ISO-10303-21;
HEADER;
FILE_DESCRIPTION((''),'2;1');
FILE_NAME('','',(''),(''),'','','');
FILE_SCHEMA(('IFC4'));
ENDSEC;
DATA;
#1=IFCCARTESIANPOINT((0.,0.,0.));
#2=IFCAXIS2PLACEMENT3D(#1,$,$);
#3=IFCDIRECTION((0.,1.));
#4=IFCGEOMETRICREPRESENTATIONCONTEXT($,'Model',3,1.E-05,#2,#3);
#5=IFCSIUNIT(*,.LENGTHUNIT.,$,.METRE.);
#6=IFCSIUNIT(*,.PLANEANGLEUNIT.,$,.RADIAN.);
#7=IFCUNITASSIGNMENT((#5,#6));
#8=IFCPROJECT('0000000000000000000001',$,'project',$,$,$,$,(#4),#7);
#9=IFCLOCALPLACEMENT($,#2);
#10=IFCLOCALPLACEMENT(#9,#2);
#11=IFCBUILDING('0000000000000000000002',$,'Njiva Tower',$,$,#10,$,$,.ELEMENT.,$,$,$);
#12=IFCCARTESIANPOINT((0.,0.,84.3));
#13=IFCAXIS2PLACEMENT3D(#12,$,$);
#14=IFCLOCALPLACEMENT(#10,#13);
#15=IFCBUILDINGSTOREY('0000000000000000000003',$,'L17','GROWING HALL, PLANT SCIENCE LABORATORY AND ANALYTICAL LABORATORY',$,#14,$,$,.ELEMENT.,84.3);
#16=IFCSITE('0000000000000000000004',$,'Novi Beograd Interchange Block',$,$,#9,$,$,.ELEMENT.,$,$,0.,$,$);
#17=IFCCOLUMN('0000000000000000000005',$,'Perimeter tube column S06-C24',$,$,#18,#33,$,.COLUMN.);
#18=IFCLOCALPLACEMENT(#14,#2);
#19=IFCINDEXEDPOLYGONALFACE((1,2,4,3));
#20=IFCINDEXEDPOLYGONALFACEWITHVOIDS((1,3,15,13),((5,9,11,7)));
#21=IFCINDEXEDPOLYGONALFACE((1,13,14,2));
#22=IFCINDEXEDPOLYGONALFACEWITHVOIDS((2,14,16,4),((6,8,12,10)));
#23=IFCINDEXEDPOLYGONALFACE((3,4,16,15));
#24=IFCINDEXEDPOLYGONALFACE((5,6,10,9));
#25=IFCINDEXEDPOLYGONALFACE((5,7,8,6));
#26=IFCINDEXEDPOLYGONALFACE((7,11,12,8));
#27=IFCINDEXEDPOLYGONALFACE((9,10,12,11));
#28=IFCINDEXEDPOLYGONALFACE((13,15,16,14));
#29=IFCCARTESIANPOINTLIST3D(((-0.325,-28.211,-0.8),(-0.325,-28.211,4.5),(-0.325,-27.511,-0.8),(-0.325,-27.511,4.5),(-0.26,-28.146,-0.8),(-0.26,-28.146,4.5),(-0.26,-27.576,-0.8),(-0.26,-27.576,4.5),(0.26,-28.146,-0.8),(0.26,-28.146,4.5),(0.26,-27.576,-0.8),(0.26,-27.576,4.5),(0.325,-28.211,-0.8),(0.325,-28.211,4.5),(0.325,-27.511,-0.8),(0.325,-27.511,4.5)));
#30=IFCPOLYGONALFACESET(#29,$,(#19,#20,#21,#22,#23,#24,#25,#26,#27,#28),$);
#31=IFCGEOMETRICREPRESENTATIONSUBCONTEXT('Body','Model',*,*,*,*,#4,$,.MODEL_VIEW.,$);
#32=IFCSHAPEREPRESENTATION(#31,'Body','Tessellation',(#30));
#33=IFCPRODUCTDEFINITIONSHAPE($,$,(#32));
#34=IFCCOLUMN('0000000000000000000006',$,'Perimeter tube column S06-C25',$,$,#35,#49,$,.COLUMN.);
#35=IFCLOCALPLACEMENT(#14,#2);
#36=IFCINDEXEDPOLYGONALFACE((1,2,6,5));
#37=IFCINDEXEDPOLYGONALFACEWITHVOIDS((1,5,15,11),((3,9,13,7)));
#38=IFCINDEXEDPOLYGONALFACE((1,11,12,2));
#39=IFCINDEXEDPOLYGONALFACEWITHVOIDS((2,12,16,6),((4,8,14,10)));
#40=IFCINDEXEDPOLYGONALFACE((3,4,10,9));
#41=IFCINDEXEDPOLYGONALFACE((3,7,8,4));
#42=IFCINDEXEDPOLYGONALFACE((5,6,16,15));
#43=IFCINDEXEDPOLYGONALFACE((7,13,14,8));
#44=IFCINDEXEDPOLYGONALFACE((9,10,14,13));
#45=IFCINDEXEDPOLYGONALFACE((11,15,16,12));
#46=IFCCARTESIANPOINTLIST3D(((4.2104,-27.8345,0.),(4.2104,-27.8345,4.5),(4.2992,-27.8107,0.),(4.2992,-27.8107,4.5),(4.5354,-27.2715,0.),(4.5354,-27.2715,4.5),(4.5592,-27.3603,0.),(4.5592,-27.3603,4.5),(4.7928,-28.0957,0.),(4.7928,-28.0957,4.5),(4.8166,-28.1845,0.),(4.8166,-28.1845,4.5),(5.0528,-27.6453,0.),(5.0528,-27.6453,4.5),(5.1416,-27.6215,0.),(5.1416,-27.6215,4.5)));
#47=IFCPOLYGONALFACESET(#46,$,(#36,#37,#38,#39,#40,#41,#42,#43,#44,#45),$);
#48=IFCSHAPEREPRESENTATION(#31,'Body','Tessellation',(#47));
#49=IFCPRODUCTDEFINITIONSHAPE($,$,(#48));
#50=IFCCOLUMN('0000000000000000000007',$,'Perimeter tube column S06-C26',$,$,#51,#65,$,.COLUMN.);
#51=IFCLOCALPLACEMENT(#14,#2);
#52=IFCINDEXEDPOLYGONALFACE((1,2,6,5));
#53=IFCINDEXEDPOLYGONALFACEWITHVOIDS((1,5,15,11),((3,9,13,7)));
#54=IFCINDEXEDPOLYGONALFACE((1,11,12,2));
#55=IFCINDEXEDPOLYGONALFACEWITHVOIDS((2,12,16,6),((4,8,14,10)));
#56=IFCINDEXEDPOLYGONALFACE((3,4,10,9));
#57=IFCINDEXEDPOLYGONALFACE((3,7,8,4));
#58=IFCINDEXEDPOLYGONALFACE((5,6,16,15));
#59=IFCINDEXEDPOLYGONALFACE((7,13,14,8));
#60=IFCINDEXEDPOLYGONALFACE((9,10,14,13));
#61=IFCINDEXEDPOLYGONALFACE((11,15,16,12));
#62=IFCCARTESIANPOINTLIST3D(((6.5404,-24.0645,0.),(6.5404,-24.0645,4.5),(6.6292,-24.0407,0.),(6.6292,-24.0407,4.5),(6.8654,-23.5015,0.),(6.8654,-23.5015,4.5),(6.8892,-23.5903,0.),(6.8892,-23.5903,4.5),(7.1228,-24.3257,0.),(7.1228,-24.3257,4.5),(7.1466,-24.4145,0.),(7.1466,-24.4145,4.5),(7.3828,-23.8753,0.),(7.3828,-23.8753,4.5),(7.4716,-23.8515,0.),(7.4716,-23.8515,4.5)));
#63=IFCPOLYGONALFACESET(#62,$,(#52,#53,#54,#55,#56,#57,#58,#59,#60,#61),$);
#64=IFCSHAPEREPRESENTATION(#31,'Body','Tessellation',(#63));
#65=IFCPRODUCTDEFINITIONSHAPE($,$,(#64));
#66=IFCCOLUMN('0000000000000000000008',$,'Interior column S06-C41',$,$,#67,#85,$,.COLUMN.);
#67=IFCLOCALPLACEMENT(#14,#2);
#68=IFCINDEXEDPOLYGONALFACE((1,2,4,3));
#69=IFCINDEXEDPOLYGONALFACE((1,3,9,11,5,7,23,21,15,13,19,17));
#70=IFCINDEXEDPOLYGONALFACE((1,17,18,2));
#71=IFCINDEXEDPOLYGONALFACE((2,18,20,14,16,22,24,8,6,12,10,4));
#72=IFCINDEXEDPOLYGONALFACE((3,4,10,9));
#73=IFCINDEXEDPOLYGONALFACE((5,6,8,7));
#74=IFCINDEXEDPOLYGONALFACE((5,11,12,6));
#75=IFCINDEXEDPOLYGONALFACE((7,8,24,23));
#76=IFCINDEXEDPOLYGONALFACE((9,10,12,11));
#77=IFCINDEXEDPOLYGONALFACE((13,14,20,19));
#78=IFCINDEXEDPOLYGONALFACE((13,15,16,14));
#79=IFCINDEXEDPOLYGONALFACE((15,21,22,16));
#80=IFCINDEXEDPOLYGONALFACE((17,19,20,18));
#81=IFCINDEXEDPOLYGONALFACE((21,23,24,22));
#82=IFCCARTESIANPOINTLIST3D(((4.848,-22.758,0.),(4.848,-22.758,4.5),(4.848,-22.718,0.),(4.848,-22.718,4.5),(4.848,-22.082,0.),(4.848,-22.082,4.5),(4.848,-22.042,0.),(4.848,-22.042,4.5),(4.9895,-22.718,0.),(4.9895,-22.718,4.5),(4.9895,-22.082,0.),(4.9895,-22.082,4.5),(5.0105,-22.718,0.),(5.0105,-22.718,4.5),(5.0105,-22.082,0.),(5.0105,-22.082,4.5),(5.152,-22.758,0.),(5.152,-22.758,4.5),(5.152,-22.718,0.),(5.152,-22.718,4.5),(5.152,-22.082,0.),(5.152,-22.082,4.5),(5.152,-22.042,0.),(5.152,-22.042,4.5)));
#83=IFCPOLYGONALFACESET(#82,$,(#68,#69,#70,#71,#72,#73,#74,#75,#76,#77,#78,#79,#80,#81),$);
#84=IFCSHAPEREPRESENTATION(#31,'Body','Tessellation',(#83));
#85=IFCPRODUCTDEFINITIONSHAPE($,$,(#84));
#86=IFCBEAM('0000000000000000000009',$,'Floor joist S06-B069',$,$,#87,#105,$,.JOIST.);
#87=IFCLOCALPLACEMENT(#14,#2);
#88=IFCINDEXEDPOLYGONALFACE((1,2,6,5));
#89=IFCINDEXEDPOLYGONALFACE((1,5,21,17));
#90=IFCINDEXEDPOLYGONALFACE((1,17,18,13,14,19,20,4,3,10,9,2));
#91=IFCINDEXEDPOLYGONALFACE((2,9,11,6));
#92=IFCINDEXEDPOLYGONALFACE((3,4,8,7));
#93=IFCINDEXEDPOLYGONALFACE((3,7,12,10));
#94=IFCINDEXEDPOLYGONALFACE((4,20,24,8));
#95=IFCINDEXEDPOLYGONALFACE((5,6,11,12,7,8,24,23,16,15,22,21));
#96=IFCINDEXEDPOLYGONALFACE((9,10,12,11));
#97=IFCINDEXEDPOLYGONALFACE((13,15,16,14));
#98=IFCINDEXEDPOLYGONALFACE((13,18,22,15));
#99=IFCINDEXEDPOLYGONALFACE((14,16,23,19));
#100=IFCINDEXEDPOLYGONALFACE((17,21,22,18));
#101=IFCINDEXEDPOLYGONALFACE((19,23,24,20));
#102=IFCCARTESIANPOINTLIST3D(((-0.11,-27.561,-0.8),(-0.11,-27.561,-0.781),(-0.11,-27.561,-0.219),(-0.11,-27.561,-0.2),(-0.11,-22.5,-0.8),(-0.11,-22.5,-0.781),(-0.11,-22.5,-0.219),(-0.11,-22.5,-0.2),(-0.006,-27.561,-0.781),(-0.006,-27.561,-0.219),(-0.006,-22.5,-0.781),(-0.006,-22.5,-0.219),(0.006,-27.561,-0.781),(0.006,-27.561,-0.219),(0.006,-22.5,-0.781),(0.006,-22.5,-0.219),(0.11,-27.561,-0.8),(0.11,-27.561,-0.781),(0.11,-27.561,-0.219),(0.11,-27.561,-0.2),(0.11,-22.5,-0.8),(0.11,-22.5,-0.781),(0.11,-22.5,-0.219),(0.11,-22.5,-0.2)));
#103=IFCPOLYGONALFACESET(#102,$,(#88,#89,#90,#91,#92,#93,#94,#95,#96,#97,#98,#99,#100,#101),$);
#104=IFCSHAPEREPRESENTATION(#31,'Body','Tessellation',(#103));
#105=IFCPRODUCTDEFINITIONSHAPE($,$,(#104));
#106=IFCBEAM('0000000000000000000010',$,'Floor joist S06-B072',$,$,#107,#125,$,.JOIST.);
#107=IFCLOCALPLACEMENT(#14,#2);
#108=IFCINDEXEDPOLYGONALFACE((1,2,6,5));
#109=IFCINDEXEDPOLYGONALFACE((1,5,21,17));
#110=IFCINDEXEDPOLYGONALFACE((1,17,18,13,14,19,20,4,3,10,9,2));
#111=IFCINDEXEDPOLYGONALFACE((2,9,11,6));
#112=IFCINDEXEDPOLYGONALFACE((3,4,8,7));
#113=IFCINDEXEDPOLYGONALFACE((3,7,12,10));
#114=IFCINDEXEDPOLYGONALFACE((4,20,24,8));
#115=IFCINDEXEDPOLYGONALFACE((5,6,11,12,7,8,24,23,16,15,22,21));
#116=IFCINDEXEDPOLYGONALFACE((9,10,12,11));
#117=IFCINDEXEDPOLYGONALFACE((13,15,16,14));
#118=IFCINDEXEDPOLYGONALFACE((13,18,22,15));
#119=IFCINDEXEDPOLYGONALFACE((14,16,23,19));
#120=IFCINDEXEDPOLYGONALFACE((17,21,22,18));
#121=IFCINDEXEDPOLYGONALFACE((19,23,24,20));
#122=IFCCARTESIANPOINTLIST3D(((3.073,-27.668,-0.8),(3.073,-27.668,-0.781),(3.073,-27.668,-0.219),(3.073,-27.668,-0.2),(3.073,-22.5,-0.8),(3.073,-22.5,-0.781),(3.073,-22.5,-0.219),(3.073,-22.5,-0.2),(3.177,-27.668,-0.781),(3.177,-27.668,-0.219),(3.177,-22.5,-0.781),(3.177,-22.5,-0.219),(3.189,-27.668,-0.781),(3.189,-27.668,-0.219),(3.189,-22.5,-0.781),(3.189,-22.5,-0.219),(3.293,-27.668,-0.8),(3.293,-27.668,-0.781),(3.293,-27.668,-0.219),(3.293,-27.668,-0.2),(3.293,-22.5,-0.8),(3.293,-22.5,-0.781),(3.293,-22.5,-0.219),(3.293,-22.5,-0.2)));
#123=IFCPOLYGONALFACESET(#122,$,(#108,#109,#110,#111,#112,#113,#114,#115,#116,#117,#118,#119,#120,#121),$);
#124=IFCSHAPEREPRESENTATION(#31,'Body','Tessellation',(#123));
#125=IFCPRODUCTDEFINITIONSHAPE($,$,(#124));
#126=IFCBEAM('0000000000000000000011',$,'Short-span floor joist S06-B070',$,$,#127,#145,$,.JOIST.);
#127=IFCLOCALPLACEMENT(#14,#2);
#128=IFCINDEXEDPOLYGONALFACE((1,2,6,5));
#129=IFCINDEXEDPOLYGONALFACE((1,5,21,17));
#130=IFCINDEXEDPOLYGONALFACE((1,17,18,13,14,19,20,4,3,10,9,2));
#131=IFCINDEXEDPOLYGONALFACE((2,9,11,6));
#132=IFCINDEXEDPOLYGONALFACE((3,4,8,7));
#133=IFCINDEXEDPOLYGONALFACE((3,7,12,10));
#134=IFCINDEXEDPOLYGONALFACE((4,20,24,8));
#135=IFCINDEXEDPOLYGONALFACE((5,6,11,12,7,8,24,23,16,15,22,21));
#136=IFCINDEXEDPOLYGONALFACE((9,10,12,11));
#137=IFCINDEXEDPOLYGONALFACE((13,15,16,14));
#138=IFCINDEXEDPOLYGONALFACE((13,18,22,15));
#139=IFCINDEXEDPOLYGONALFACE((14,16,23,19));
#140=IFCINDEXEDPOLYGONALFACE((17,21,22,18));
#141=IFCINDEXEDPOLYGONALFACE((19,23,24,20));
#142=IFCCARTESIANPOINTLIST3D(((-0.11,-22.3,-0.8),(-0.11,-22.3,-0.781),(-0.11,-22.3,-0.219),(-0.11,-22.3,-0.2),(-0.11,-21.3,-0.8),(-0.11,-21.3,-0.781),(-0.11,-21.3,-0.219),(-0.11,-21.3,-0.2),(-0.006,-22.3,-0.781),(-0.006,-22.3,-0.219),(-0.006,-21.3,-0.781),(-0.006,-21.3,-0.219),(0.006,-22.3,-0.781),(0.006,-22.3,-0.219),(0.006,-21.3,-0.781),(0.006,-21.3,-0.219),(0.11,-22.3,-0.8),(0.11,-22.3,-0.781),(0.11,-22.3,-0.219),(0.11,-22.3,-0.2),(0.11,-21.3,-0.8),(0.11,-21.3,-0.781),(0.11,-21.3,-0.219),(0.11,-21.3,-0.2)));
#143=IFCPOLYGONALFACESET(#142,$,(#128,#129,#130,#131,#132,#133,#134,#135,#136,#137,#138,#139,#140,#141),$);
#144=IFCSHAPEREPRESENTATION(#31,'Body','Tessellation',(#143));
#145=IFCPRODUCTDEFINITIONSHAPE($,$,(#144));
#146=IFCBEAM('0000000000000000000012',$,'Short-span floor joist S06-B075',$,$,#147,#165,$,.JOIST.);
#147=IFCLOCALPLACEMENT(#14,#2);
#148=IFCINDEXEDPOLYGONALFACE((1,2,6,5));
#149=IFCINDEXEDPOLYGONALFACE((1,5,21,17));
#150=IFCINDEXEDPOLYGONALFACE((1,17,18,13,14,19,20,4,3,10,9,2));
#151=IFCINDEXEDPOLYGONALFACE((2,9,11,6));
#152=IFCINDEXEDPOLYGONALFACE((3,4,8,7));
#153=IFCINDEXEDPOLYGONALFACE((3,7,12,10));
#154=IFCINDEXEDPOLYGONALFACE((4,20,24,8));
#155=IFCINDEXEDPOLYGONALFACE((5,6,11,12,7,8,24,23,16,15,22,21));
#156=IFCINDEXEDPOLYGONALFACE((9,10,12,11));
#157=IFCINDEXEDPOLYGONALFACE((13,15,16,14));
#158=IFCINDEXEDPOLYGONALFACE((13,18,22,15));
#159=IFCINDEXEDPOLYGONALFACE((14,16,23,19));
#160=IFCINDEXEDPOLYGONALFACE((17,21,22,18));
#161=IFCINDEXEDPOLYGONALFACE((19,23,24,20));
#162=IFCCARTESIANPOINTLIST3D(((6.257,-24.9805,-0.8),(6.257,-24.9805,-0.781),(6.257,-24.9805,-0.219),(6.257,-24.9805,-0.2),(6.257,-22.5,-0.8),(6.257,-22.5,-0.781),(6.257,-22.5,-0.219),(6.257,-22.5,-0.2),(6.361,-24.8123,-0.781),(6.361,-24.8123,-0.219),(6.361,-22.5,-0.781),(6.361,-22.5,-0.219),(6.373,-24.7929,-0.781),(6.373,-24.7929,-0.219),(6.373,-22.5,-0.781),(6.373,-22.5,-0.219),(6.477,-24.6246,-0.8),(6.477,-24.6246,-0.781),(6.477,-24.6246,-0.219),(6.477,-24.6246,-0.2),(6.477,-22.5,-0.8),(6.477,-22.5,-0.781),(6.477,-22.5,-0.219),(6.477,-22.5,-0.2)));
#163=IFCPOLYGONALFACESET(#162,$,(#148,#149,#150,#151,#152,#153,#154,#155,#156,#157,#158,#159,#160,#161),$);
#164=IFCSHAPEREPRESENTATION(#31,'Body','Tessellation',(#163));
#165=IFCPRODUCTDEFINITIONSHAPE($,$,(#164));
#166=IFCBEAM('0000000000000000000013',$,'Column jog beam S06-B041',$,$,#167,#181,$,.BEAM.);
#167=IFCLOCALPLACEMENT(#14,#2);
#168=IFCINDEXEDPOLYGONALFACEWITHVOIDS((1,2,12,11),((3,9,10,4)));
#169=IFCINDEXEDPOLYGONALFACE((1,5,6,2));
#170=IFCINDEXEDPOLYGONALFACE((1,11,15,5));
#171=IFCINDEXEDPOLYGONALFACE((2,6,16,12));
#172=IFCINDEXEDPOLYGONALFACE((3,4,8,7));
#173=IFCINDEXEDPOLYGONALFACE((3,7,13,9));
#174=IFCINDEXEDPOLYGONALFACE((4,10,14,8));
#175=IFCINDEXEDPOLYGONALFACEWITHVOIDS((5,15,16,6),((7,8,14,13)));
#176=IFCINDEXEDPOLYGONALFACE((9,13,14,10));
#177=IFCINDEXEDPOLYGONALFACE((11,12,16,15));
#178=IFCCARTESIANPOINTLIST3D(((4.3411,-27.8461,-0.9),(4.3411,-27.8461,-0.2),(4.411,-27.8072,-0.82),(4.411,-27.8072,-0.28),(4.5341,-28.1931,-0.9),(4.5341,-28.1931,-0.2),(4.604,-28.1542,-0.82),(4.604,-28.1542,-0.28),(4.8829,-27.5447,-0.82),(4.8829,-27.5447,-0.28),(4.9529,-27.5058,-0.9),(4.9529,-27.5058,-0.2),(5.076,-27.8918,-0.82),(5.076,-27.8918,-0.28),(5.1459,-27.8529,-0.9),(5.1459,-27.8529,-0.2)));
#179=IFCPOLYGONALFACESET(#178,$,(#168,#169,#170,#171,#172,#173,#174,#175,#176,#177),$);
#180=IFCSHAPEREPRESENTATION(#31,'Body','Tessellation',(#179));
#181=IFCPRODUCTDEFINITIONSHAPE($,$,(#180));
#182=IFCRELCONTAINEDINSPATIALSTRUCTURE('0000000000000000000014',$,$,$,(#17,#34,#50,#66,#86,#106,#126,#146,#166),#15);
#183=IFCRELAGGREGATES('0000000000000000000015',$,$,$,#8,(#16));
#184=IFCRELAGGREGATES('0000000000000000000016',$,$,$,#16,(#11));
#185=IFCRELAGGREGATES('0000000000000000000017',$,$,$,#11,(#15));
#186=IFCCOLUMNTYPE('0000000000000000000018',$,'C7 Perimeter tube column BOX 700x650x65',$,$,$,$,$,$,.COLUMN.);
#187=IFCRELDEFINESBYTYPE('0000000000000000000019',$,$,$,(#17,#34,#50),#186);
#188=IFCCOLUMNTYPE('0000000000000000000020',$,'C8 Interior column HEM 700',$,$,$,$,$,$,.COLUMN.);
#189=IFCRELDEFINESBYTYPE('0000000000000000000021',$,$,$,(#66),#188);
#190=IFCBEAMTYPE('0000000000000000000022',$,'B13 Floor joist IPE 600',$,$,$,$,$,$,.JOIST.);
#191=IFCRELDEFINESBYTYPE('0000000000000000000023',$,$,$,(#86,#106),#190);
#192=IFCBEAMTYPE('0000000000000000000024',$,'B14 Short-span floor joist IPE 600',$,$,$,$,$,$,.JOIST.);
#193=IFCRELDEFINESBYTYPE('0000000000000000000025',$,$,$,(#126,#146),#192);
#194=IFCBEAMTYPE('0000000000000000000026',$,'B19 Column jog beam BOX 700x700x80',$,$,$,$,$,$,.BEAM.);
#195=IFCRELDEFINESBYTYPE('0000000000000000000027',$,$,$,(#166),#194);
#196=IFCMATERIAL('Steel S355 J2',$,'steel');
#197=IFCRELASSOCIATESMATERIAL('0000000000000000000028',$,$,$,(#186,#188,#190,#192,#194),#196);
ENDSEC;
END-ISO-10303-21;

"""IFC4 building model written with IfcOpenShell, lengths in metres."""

from ifc_helpers import new_model, si_unit, direction, frame, origin, origin_2d, place, context, subcontext, project, spatial, hollow_rectangle, i_section, extrude, clip, halfspace, material, material_profile, profile_set, type_object, element, save


model = new_model("IFC4")

# Units and contexts
model_context = context("Model", 3, precision=1e-05, world=origin(), true_north=direction((0.0, 1.0)))
body_context = subcontext(model_context, "Body", "Model", "MODEL_VIEW")
ifc_project = project(units=[si_unit("LENGTHUNIT", "METRE"), si_unit("PLANEANGLEUNIT", "RADIAN")], contexts=[model_context])

# Site, building, storey
site_placement = place(None, origin())
site = spatial("IfcSite", under=ifc_project, at=site_placement, Name="Novi Beograd Interchange Block", CompositionType="ELEMENT", RefElevation=0.0)
building_placement = place(site_placement, origin())
building = spatial("IfcBuilding", under=site, at=building_placement, Name="Njiva Tower", CompositionType="ELEMENT")
storey_placement = place(building_placement, frame((0.0, 0.0, 84.3)))
storey = spatial("IfcBuildingStorey", under=building, at=storey_placement, Name="L17", Description="GROWING HALL, PLANT SCIENCE LABORATORY AND ANALYTICAL LABORATORY", CompositionType="ELEMENT", Elevation=84.3)

# Columns
ifc_material_1 = material(Name="Steel S355 J2", Category="steel")
ifc_material_profile_1 = material_profile(ifc_material_1, hollow_rectangle(XDim=0.65, YDim=0.7, WallThickness=0.065, at=origin_2d()), Name="BOX 700x650x65")
ifc_profile_set_1 = profile_set([ifc_material_profile_1], Name="Steel S355 J2")
column_type_1 = type_object("IfcColumnType", Name="C7 Perimeter tube column BOX 700x650x65", PredefinedType="COLUMN", material=ifc_profile_set_1)
column_1_placement = place(storey_placement, frame((0.0, -27.861, -0.8), z_axis=(0.0, 0.0, 1.0), x_axis=(1.0, 0.0, 0.0)))
element("IfcColumn", 1, at=column_1_placement, inside=storey, type_object=column_type_1, Name="Perimeter tube column S06-C24", PredefinedType="COLUMN", context=body_context, shape_type="SweptSolid", body=[
    extrude(hollow_rectangle(XDim=0.65, YDim=0.7, WallThickness=0.065, at=origin_2d()), origin(), (0.0, 0.0, 1.0), 5.3),
])
for number, where, z_axis, x_axis, name in (
    (2, (4.676, -27.728, 0.0), (0.0, 0.0, 1.0), (0.5, 0.866025, 0.0), "Perimeter tube column S06-C25"),
    (3, (7.006, -23.958, 0.0), (0.0, 0.0, 1.0), (0.5, 0.866025, 0.0), "Perimeter tube column S06-C26"),
):
    element("IfcColumn", number, at=place(storey_placement, frame(where, z_axis=z_axis, x_axis=x_axis)), inside=storey, type_object=column_type_1, Name=name, PredefinedType="COLUMN", context=body_context, shape_type="SweptSolid", body=[
        extrude(hollow_rectangle(XDim=0.65, YDim=0.7, WallThickness=0.065, at=origin_2d()), origin(), (0.0, 0.0, 1.0), 4.5),
    ])
ifc_material_profile_2 = material_profile(ifc_material_1, i_section(OverallWidth=0.304, OverallDepth=0.716, WebThickness=0.021, FlangeThickness=0.04, at=origin_2d()), Name="HEM 700")
ifc_profile_set_2 = profile_set([ifc_material_profile_2], Name="Steel S355 J2")
column_type_2 = type_object("IfcColumnType", Name="C8 Interior column HEM 700", PredefinedType="COLUMN", material=ifc_profile_set_2)
column_2_placement = place(storey_placement, frame((5.0, -22.4, 0.0), z_axis=(0.0, 0.0, 1.0), x_axis=(1.0, 0.0, 0.0)))
element("IfcColumn", 4, at=column_2_placement, inside=storey, type_object=column_type_2, Name="Interior column S06-C41", PredefinedType="COLUMN", context=body_context, shape_type="SweptSolid", body=[
    extrude(i_section(OverallWidth=0.304, OverallDepth=0.716, WebThickness=0.021, FlangeThickness=0.04, at=origin_2d()), origin(), (0.0, 0.0, 1.0), 4.5),
])

# Beams
ifc_material_profile_3 = material_profile(ifc_material_1, i_section(OverallWidth=0.22, OverallDepth=0.6, WebThickness=0.012, FlangeThickness=0.019, at=origin_2d()), Name="IPE 600")
ifc_profile_set_3 = profile_set([ifc_material_profile_3], Name="Steel S355 J2")
beam_type_1 = type_object("IfcBeamType", Name="B13 Floor joist IPE 600", PredefinedType="JOIST", material=ifc_profile_set_3)
beam_1_placement = place(storey_placement, frame((0.0, -22.5, -0.5), z_axis=(0.0, -1.0, 0.0), x_axis=(1.0, 0.0, 0.0)))
element("IfcBeam", 5, at=beam_1_placement, inside=storey, type_object=beam_type_1, Name="Floor joist S06-B069", PredefinedType="JOIST", context=body_context, shape_type="SweptSolid", body=[
    extrude(i_section(OverallWidth=0.22, OverallDepth=0.6, WebThickness=0.012, FlangeThickness=0.019, at=origin_2d()), origin(), (0.0, 0.0, 1.0), 5.061),
])
beam_2_placement = place(storey_placement, frame((3.183, -22.5, -0.5), z_axis=(0.0, -1.0, 0.0), x_axis=(1.0, 0.0, 0.0)))
element("IfcBeam", 6, at=beam_2_placement, inside=storey, type_object=beam_type_1, Name="Floor joist S06-B072", PredefinedType="JOIST", context=body_context, shape_type="SweptSolid", body=[
    extrude(i_section(OverallWidth=0.22, OverallDepth=0.6, WebThickness=0.012, FlangeThickness=0.019, at=origin_2d()), origin(), (0.0, 0.0, 1.0), 5.168),
])
ifc_material_profile_4 = material_profile(ifc_material_1, i_section(OverallWidth=0.22, OverallDepth=0.6, WebThickness=0.012, FlangeThickness=0.019, at=origin_2d()), Name="IPE 600")
ifc_profile_set_4 = profile_set([ifc_material_profile_4], Name="Steel S355 J2")
beam_type_2 = type_object("IfcBeamType", Name="B14 Short-span floor joist IPE 600", PredefinedType="JOIST", material=ifc_profile_set_4)
beam_3_placement = place(storey_placement, frame((0.0, -21.3, -0.5), z_axis=(0.0, -1.0, 0.0), x_axis=(1.0, 0.0, 0.0)))
element("IfcBeam", 7, at=beam_3_placement, inside=storey, type_object=beam_type_2, Name="Short-span floor joist S06-B070", PredefinedType="JOIST", context=body_context, shape_type="SweptSolid", body=[
    extrude(i_section(OverallWidth=0.22, OverallDepth=0.6, WebThickness=0.012, FlangeThickness=0.019, at=origin_2d()), origin(), (0.0, 0.0, 1.0), 1.0),
])
beam_4_placement = place(storey_placement, frame((6.367, -22.5, -0.5), z_axis=(0.0, -1.0, 0.0), x_axis=(1.0, 0.0, 0.0)))
element("IfcBeam", 8, at=beam_4_placement, inside=storey, type_object=beam_type_2, Name="Short-span floor joist S06-B075", PredefinedType="JOIST", context=body_context, shape_type="Clipping", body=[
    clip(extrude(i_section(OverallWidth=0.22, OverallDepth=0.6, WebThickness=0.012, FlangeThickness=0.019, at=origin_2d()), origin(), (0.0, 0.0, 1.0), 2.501), halfspace(frame((0.0422, 0.0, 2.2343), z_axis=(0.850616, 0.0, 0.525788), x_axis=(0.0, 1.0, 0.0)), False)),
])
ifc_material_profile_5 = material_profile(ifc_material_1, hollow_rectangle(XDim=0.7, YDim=0.7, WallThickness=0.08, at=origin_2d()), Name="BOX 700x700x80")
ifc_profile_set_5 = profile_set([ifc_material_profile_5], Name="Steel S355 J2")
beam_type_3 = type_object("IfcBeamType", Name="B19 Column jog beam BOX 700x700x80", PredefinedType="BEAM", material=ifc_profile_set_5)
beam_5_placement = place(storey_placement, frame((4.84, -28.023, -0.55), z_axis=(-0.486071, 0.87392, 0.0), x_axis=(-0.87392, -0.486071, 0.0)))
element("IfcBeam", 9, at=beam_5_placement, inside=storey, type_object=beam_type_3, Name="Column jog beam S06-B041", PredefinedType="BEAM", context=body_context, shape_type="SweptSolid", body=[
    extrude(hollow_rectangle(XDim=0.7, YDim=0.7, WallThickness=0.08, at=origin_2d()), origin(), (0.0, 0.0, 1.0), 0.3971),
])

save(model, "model.ifc")
